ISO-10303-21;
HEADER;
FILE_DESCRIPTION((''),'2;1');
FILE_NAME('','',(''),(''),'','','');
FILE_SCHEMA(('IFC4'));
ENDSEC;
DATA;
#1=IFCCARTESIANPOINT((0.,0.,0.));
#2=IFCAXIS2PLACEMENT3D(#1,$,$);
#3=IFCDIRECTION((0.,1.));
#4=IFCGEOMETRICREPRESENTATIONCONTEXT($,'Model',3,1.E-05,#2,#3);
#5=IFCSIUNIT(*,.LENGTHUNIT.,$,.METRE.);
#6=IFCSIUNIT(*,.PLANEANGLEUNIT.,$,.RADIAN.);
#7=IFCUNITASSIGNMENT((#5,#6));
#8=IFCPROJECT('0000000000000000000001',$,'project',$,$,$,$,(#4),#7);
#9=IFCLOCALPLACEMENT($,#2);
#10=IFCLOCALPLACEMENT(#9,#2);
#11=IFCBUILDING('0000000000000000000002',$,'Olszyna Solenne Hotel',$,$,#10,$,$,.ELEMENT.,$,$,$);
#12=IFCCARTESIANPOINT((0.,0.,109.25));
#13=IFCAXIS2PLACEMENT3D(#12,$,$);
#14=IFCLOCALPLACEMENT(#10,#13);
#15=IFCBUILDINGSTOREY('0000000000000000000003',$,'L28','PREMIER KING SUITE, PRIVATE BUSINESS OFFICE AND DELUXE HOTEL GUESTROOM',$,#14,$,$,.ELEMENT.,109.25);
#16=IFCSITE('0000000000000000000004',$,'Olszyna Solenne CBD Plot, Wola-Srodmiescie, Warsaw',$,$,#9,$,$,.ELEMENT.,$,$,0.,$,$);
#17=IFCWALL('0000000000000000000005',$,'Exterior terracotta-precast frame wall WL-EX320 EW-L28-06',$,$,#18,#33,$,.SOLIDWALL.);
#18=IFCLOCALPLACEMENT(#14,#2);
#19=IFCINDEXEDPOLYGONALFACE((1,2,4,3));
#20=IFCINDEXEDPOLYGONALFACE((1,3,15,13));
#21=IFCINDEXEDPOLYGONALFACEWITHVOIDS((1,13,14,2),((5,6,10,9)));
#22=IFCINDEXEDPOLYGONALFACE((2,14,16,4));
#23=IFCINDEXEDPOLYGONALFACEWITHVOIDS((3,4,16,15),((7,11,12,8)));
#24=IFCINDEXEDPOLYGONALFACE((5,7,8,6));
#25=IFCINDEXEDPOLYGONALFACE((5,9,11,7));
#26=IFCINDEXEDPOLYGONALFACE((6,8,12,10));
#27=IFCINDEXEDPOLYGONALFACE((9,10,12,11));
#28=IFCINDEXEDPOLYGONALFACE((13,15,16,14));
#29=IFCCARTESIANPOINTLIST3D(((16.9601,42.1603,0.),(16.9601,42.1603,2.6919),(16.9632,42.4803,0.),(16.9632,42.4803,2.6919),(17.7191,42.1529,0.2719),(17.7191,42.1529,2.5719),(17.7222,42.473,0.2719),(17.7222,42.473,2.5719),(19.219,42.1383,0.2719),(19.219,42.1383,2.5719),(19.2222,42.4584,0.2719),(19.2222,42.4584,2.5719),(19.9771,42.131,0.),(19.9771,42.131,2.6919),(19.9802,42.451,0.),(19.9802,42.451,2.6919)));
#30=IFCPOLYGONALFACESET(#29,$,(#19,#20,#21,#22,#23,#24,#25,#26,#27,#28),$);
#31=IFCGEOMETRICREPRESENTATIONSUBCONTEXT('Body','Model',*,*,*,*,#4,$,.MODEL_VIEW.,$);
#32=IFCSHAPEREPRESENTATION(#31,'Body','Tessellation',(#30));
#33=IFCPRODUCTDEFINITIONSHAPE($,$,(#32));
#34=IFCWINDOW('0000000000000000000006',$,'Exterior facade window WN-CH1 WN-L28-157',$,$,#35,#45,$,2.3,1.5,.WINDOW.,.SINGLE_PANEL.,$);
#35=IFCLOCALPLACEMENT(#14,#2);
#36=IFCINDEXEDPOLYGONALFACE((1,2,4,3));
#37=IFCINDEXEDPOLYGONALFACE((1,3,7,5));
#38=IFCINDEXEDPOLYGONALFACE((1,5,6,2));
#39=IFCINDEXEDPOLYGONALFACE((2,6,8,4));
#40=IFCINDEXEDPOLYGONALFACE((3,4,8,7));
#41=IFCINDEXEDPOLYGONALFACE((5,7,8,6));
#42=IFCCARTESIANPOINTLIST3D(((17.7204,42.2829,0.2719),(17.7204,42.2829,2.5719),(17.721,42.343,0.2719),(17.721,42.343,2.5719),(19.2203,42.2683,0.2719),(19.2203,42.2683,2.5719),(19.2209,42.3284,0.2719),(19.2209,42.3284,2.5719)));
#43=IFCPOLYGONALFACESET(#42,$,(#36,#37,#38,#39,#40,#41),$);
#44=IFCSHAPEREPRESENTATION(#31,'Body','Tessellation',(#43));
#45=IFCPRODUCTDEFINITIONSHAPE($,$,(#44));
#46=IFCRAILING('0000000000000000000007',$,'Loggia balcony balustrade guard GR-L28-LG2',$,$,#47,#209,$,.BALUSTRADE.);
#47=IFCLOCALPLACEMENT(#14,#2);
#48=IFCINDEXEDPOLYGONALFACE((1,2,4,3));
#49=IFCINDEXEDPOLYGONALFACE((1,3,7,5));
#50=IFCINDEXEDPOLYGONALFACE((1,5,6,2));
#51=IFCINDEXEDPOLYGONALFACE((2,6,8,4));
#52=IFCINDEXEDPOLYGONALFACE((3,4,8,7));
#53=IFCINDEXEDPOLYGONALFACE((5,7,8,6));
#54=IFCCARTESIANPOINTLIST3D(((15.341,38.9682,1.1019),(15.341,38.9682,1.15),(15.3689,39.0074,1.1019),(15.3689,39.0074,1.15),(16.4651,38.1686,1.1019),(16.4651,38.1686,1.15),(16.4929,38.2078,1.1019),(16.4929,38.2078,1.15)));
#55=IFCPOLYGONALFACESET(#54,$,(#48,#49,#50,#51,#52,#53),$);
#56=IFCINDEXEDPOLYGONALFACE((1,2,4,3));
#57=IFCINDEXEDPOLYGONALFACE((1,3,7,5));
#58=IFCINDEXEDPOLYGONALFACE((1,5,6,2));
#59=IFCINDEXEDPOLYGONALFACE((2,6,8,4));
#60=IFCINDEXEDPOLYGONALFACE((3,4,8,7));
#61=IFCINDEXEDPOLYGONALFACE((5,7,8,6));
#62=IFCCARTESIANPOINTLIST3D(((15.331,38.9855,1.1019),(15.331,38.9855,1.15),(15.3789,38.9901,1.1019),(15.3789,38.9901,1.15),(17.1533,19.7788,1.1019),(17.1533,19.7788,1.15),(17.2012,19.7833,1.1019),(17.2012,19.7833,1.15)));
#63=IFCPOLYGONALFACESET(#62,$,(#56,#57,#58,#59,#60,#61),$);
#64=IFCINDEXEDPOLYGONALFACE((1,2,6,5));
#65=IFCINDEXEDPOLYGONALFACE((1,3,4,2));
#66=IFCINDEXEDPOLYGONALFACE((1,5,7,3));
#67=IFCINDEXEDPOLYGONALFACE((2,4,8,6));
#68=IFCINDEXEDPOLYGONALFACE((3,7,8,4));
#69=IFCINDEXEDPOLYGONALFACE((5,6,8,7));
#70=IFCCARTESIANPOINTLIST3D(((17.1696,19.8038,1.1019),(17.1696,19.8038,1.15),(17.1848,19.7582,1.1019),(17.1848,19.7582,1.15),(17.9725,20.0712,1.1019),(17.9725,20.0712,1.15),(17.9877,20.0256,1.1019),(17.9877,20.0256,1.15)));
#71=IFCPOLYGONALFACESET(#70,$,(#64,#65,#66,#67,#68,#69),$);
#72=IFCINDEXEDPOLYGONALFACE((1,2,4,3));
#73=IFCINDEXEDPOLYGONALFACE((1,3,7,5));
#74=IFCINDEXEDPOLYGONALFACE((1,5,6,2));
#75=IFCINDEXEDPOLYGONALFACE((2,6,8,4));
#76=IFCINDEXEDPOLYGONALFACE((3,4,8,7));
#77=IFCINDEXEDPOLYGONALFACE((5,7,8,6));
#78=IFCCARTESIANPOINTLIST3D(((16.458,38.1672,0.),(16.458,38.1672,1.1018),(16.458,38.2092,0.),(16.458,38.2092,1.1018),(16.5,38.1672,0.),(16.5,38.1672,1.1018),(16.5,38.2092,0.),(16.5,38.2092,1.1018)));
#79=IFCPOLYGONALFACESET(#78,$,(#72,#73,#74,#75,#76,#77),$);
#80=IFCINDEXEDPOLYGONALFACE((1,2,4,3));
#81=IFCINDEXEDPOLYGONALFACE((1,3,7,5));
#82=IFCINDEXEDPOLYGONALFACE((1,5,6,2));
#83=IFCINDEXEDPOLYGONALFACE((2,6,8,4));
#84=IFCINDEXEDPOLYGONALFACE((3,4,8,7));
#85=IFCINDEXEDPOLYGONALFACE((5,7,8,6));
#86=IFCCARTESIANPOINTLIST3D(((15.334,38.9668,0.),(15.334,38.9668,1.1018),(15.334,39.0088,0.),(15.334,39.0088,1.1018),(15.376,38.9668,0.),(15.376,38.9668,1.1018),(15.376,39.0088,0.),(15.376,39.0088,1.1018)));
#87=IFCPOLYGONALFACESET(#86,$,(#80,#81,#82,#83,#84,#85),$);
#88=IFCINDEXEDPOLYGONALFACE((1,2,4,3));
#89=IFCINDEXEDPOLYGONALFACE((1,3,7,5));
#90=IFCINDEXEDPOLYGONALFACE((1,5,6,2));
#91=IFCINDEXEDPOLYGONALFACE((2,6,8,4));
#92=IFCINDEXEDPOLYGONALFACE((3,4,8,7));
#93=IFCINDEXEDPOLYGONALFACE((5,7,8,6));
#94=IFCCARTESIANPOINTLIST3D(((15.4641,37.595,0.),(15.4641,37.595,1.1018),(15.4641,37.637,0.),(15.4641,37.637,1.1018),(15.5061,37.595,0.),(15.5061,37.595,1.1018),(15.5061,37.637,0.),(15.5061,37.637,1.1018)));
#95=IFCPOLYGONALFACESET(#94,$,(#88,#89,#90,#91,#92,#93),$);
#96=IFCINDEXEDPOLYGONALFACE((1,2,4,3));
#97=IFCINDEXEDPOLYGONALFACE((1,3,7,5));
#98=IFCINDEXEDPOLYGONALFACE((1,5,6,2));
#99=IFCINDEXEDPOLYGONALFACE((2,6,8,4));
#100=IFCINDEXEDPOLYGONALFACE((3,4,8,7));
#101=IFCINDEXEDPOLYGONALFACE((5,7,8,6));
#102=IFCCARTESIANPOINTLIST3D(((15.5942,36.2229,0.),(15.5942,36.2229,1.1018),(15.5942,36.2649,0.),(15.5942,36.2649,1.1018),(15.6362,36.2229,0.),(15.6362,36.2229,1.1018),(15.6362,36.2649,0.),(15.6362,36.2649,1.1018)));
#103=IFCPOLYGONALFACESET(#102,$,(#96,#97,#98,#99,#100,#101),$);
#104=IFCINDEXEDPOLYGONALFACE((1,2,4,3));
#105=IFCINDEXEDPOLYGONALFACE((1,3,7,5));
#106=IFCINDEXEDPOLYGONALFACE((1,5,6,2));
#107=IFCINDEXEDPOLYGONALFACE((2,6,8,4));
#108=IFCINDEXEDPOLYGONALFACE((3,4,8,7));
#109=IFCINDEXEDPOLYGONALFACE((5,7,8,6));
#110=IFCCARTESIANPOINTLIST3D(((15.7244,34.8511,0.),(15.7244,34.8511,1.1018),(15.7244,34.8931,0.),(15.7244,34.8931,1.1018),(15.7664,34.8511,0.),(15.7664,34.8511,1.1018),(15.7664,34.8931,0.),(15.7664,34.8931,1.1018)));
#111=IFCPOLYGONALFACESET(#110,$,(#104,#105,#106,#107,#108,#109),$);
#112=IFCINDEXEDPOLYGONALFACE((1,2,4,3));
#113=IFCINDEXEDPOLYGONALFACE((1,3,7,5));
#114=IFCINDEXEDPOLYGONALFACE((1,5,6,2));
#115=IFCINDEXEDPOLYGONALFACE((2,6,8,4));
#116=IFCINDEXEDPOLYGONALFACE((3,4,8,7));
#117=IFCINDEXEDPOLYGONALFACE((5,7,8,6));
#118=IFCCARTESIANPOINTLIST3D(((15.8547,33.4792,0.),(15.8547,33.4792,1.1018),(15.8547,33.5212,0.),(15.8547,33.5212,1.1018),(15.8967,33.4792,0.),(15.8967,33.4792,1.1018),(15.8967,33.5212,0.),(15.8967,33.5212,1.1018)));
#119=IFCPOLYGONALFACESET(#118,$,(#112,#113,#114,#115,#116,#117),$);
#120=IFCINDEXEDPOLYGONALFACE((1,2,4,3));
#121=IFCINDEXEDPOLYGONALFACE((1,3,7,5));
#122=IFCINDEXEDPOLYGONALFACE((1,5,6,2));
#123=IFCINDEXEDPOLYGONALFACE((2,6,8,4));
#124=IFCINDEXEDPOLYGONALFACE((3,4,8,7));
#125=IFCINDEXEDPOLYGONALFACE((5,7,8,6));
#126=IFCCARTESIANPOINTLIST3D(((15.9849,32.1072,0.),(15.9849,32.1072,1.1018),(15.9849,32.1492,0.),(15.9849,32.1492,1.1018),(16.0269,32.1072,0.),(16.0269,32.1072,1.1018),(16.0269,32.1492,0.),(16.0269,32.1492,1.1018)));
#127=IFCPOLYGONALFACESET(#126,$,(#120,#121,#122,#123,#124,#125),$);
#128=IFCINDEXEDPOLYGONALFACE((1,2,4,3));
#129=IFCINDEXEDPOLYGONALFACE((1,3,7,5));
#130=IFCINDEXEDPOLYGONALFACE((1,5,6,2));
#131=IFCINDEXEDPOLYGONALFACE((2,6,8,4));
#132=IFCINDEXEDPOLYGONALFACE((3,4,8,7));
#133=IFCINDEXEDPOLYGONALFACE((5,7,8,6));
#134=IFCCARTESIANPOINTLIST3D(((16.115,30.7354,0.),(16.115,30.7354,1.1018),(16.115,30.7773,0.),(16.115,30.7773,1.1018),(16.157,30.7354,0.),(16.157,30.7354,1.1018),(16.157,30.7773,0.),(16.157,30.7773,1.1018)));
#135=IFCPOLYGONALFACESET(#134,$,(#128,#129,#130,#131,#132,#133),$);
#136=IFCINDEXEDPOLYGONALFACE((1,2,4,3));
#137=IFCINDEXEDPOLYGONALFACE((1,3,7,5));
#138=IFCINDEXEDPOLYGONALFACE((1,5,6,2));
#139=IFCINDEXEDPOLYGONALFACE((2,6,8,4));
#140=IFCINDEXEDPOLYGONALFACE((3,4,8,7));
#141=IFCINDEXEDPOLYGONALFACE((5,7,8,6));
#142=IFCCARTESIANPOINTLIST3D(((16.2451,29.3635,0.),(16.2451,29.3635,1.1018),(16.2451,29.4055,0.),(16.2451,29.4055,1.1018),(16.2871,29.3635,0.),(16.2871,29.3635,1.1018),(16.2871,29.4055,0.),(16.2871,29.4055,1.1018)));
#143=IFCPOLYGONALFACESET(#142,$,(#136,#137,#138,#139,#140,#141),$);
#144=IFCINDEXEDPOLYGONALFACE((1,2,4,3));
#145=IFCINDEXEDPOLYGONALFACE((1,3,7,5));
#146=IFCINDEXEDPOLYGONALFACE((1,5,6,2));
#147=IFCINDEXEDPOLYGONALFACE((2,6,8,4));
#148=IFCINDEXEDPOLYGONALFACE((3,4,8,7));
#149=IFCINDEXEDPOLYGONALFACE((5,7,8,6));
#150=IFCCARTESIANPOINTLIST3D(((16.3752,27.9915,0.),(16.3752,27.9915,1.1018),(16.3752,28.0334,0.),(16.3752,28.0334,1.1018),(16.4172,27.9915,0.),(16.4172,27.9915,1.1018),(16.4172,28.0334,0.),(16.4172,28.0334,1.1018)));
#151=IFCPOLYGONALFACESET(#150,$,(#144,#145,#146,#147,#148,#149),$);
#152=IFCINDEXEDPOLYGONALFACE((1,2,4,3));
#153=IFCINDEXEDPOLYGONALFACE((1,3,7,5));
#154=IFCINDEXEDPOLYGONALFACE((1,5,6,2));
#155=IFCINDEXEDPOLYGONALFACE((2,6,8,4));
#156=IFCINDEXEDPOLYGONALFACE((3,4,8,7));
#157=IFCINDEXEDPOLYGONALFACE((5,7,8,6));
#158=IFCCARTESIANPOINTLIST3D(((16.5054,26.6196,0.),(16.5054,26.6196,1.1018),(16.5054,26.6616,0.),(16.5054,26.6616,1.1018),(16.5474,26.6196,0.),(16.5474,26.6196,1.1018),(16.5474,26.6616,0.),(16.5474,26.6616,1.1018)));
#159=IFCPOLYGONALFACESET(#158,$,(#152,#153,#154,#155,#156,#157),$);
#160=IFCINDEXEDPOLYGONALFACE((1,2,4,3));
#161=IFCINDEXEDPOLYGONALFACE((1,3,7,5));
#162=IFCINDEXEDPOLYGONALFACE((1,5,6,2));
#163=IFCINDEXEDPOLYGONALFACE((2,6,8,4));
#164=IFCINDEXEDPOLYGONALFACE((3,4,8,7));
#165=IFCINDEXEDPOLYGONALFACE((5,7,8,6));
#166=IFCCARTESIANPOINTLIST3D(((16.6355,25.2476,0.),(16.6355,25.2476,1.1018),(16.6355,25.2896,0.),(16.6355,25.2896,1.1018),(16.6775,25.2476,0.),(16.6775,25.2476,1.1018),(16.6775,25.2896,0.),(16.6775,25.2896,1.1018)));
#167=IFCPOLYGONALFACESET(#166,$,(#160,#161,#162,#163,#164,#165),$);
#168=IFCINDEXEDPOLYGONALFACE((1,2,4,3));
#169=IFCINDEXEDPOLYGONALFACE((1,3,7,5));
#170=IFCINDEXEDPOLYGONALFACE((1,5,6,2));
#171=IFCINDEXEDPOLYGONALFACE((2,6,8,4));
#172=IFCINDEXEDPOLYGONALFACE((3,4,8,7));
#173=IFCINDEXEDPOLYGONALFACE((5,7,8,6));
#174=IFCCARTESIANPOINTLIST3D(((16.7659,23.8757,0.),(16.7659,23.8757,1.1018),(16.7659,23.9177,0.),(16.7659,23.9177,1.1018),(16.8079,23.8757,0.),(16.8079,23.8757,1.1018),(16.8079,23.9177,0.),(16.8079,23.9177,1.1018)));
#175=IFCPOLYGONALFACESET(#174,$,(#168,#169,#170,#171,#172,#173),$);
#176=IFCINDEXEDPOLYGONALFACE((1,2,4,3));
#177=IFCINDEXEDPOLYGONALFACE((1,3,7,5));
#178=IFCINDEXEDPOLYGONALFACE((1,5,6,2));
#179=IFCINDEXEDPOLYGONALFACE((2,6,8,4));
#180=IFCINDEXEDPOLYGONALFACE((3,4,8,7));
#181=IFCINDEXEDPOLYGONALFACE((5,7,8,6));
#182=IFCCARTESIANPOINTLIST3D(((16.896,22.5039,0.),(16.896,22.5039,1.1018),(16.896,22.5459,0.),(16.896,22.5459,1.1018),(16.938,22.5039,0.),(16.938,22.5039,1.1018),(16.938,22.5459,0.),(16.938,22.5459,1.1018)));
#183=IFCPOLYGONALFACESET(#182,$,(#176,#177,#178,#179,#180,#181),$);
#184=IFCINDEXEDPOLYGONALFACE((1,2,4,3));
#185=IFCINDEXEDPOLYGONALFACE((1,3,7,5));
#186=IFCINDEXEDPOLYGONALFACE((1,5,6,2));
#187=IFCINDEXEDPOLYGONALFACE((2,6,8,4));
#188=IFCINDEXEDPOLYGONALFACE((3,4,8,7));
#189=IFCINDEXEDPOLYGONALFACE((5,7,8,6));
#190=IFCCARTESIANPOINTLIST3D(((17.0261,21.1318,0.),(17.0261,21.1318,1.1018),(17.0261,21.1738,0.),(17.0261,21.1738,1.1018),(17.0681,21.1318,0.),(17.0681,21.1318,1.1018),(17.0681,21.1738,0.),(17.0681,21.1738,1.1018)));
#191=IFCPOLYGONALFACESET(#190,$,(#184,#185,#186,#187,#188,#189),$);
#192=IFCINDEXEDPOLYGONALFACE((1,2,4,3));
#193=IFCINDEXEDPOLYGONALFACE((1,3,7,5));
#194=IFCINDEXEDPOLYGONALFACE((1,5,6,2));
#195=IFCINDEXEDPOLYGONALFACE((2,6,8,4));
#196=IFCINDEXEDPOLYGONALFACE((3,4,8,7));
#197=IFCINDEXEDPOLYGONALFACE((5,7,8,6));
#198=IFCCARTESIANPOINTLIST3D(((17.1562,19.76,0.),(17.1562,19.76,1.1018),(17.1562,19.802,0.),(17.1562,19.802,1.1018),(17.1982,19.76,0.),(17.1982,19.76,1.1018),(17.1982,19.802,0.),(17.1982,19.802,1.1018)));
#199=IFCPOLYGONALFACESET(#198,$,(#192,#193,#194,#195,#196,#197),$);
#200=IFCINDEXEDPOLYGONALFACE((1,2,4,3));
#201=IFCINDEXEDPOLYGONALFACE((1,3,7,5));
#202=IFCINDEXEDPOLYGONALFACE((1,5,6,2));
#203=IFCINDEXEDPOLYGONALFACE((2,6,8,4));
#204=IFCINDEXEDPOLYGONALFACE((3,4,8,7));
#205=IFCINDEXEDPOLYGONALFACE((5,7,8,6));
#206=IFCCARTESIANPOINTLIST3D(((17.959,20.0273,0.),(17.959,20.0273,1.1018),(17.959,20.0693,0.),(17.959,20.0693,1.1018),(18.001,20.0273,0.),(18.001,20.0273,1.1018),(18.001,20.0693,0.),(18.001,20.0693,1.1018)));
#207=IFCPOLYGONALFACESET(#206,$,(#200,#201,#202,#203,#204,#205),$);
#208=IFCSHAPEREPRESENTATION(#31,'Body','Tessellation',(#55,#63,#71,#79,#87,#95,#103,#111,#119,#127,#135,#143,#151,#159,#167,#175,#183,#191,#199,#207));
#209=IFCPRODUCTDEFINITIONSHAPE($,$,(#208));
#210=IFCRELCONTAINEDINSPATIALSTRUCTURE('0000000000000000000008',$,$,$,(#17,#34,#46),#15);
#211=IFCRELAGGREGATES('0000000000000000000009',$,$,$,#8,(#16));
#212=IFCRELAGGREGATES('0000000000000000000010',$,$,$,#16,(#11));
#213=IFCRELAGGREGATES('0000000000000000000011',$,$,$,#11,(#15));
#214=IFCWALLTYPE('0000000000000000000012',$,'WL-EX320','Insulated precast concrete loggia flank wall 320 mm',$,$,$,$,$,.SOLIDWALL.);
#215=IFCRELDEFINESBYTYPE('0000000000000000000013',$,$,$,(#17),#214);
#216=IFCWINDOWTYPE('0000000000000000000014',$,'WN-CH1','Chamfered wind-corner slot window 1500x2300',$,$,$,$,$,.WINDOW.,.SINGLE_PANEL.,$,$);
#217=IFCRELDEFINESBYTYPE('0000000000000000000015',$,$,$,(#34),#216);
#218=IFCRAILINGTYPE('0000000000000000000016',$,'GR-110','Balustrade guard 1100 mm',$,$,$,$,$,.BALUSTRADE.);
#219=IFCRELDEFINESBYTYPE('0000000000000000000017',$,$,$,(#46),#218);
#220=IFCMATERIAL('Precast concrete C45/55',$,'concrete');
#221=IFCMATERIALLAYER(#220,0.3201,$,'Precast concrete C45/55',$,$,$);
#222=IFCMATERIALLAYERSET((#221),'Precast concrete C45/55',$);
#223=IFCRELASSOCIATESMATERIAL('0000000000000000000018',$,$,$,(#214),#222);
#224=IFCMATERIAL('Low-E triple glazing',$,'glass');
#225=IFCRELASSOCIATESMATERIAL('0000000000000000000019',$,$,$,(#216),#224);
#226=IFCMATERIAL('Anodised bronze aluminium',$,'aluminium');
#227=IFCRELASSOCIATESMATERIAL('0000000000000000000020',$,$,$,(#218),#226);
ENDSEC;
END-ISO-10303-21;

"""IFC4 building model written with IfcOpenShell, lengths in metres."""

from ifc_helpers import new_model, si_unit, direction, frame, frame_2d, origin, origin_2d, place, context, subcontext, project, spatial, rectangle, extrude, source, transform, mapped, material, layer, layer_set, type_object, type_shapes, element, fill, save


model = new_model("IFC4")

# Units and contexts
model_context = context("Model", 3, precision=1e-05, world=origin(), true_north=direction((0.0, 1.0)))
body_context = subcontext(model_context, "Body", "Model", "MODEL_VIEW")
ifc_project = project(units=[si_unit("LENGTHUNIT", "METRE"), si_unit("PLANEANGLEUNIT", "RADIAN")], contexts=[model_context])

# Site, building, storey
site_placement = place(None, origin())
site = spatial("IfcSite", under=ifc_project, at=site_placement, Name="Olszyna Solenne CBD Plot, Wola-Srodmiescie, Warsaw", CompositionType="ELEMENT", RefElevation=0.0)
building_placement = place(site_placement, origin())
building = spatial("IfcBuilding", under=site, at=building_placement, Name="Olszyna Solenne Hotel", CompositionType="ELEMENT")
storey_placement = place(building_placement, frame((0.0, 0.0, 109.25)))
storey = spatial("IfcBuildingStorey", under=building, at=storey_placement, Name="L28", Description="PREMIER KING SUITE, PRIVATE BUSINESS OFFICE AND DELUXE HOTEL GUESTROOM", CompositionType="ELEMENT", Elevation=109.25)

# Shared definitions
ifc_material_1 = material(Name="Anodised bronze aluminium", Category="aluminium")

# Shared definitions
ifc_material_2 = material(Name="Low-E triple glazing", Category="glass")

# Wall, opening, window
ifc_material_3 = material(Name="Precast concrete C45/55", Category="concrete")
ifc_layer = layer(ifc_material_3, 0.3201, Name="Precast concrete C45/55")
ifc_layer_set = layer_set([ifc_layer], Name="Precast concrete C45/55")
wall_type = type_object("IfcWallType", Name="WL-EX320", Description="Insulated precast concrete loggia flank wall 320 mm", PredefinedType="SOLIDWALL", material=ifc_layer_set)
wall_placement = place(storey_placement, frame((16.9617, 42.3203, 0.0), z_axis=(0.0, 0.0, 1.0), x_axis=(0.999953, -0.009711, 0.0)))
wall = element("IfcWall", 1, at=wall_placement, inside=storey, type_object=wall_type, Name="Exterior terracotta-precast frame wall WL-EX320 EW-L28-06", PredefinedType="SOLIDWALL", context=body_context, shape_type="SweptSolid", body=[
    extrude(rectangle(XDim=3.0171, YDim=0.3201, at=frame_2d((1.5085, 0.0))), origin(), (0.0, 0.0, 1.0), 2.6919),
])
opening_placement = place(wall_placement, frame((0.759, 0.0, 0.272)))
opening = element("IfcOpeningElement", 2, at=opening_placement, cuts=wall, PredefinedType="OPENING", context=body_context, shape_type="SweptSolid", body=[
    extrude(rectangle(XDim=1.5, YDim=2.3, at=frame_2d((0.75, 1.1499))), frame((0.0, 0.1699, 0.0), z_axis=(0.0, -1.0, 0.0), x_axis=(1.0, 0.0, 0.0)), (0.0, 0.0, 1.0), 0.3401),
])
window_type = type_object("IfcWindowType", Name="WN-CH1", Description="Chamfered wind-corner slot window 1500x2300", PartitioningType="SINGLE_PANEL", PredefinedType="WINDOW", material=ifc_material_2)
shared_shape_1 = source(origin(), body_context, "Body", "SweptSolid", [
    extrude(rectangle(XDim=1.5, YDim=2.3, at=frame_2d((0.75, 1.1499))), frame((0.0, 0.03, 0.0), z_axis=(0.0, -1.0, 0.0), x_axis=(1.0, 0.0, 0.0)), (0.0, 0.0, 1.0), 0.0601),
])
type_shapes(window_type, [shared_shape_1])
window_placement = place(opening_placement, origin())
window = element("IfcWindow", 3, at=window_placement, inside=storey, type_object=window_type, Name="Exterior facade window WN-CH1 WN-L28-157", OverallHeight=2.3, OverallWidth=1.5, PartitioningType="SINGLE_PANEL", PredefinedType="WINDOW", context=body_context, shape_type="MappedRepresentation", body=[
    mapped(shared_shape_1, transform((0.0, 0.0, 0.0), x_axis=(1.0, 0.0, 0.0), y_axis=(0.0, 1.0, 0.0), z_axis=(0.0, 0.0, 1.0), scale=1.0)),
])
fill(opening, window)

# Railing
railing_type = type_object("IfcRailingType", Name="GR-110", Description="Balustrade guard 1100 mm", PredefinedType="BALUSTRADE", material=ifc_material_1)
railing_placement = place(storey_placement, frame((16.479, 38.1882, 0.0)))
element("IfcRailing", 4, at=railing_placement, inside=storey, type_object=railing_type, Name="Loggia balcony balustrade guard GR-L28-LG2", PredefinedType="BALUSTRADE", context=body_context, shape_type="SweptSolid", body=[
    extrude(rectangle(XDim=0.0481, YDim=0.0481, at=origin_2d()), frame((0.0, 0.0, 1.126), z_axis=(-0.814868, 0.579647, 0.0), x_axis=(-0.579647, -0.814868, 0.0)), (0.0, 0.0, 1.0), 1.3794),
    extrude(rectangle(XDim=0.0481, YDim=0.0481, at=origin_2d()), frame((-1.124, 0.7996, 1.126), z_axis=(0.094452, -0.995529, 0.0), x_axis=(0.995529, 0.094452, 0.0)), (0.0, 0.0, 1.0), 19.293),
    extrude(rectangle(XDim=0.0481, YDim=0.0481, at=origin_2d()), frame((0.6982, -18.4072, 1.126), z_axis=(0.94877, 0.315968, 0.0), x_axis=(-0.315968, 0.94877, 0.0)), (0.0, 0.0, 1.0), 0.8462),
    extrude(rectangle(XDim=0.042, YDim=0.042, at=origin_2d()), origin(), (0.0, 0.0, 1.0), 1.1018),
    extrude(rectangle(XDim=0.042, YDim=0.042, at=origin_2d()), frame((-1.124, 0.7996, 0.0)), (0.0, 0.0, 1.0), 1.1018),
    extrude(rectangle(XDim=0.042, YDim=0.042, at=origin_2d()), frame((-0.9939, -0.5723, 0.0)), (0.0, 0.0, 1.0), 1.1018),
    extrude(rectangle(XDim=0.042, YDim=0.042, at=origin_2d()), frame((-0.8638, -1.9443, 0.0)), (0.0, 0.0, 1.0), 1.1018),
    extrude(rectangle(XDim=0.042, YDim=0.042, at=origin_2d()), frame((-0.7336, -3.3162, 0.0)), (0.0, 0.0, 1.0), 1.1018),
    extrude(rectangle(XDim=0.042, YDim=0.042, at=origin_2d()), frame((-0.6033, -4.688, 0.0)), (0.0, 0.0, 1.0), 1.1018),
    extrude(rectangle(XDim=0.042, YDim=0.042, at=origin_2d()), frame((-0.4731, -6.0601, 0.0)), (0.0, 0.0, 1.0), 1.1018),
    extrude(rectangle(XDim=0.042, YDim=0.042, at=origin_2d()), frame((-0.343, -7.4319, 0.0)), (0.0, 0.0, 1.0), 1.1018),
    extrude(rectangle(XDim=0.042, YDim=0.042, at=origin_2d()), frame((-0.2129, -8.8037, 0.0)), (0.0, 0.0, 1.0), 1.1018),
    extrude(rectangle(XDim=0.042, YDim=0.042, at=origin_2d()), frame((-0.0828, -10.1758, 0.0)), (0.0, 0.0, 1.0), 1.1018),
    extrude(rectangle(XDim=0.042, YDim=0.042, at=origin_2d()), frame((0.0474, -11.5476, 0.0)), (0.0, 0.0, 1.0), 1.1018),
    extrude(rectangle(XDim=0.042, YDim=0.042, at=origin_2d()), frame((0.1775, -12.9197, 0.0)), (0.0, 0.0, 1.0), 1.1018),
    extrude(rectangle(XDim=0.042, YDim=0.042, at=origin_2d()), frame((0.3079, -14.2915, 0.0)), (0.0, 0.0, 1.0), 1.1018),
    extrude(rectangle(XDim=0.042, YDim=0.042, at=origin_2d()), frame((0.438, -15.6633, 0.0)), (0.0, 0.0, 1.0), 1.1018),
    extrude(rectangle(XDim=0.042, YDim=0.042, at=origin_2d()), frame((0.5681, -17.0354, 0.0)), (0.0, 0.0, 1.0), 1.1018),
    extrude(rectangle(XDim=0.042, YDim=0.042, at=origin_2d()), frame((0.6982, -18.4072, 0.0)), (0.0, 0.0, 1.0), 1.1018),
    extrude(rectangle(XDim=0.042, YDim=0.042, at=origin_2d()), frame((1.501, -18.1399, 0.0)), (0.0, 0.0, 1.0), 1.1018),
])

save(model, "model.ifc")
